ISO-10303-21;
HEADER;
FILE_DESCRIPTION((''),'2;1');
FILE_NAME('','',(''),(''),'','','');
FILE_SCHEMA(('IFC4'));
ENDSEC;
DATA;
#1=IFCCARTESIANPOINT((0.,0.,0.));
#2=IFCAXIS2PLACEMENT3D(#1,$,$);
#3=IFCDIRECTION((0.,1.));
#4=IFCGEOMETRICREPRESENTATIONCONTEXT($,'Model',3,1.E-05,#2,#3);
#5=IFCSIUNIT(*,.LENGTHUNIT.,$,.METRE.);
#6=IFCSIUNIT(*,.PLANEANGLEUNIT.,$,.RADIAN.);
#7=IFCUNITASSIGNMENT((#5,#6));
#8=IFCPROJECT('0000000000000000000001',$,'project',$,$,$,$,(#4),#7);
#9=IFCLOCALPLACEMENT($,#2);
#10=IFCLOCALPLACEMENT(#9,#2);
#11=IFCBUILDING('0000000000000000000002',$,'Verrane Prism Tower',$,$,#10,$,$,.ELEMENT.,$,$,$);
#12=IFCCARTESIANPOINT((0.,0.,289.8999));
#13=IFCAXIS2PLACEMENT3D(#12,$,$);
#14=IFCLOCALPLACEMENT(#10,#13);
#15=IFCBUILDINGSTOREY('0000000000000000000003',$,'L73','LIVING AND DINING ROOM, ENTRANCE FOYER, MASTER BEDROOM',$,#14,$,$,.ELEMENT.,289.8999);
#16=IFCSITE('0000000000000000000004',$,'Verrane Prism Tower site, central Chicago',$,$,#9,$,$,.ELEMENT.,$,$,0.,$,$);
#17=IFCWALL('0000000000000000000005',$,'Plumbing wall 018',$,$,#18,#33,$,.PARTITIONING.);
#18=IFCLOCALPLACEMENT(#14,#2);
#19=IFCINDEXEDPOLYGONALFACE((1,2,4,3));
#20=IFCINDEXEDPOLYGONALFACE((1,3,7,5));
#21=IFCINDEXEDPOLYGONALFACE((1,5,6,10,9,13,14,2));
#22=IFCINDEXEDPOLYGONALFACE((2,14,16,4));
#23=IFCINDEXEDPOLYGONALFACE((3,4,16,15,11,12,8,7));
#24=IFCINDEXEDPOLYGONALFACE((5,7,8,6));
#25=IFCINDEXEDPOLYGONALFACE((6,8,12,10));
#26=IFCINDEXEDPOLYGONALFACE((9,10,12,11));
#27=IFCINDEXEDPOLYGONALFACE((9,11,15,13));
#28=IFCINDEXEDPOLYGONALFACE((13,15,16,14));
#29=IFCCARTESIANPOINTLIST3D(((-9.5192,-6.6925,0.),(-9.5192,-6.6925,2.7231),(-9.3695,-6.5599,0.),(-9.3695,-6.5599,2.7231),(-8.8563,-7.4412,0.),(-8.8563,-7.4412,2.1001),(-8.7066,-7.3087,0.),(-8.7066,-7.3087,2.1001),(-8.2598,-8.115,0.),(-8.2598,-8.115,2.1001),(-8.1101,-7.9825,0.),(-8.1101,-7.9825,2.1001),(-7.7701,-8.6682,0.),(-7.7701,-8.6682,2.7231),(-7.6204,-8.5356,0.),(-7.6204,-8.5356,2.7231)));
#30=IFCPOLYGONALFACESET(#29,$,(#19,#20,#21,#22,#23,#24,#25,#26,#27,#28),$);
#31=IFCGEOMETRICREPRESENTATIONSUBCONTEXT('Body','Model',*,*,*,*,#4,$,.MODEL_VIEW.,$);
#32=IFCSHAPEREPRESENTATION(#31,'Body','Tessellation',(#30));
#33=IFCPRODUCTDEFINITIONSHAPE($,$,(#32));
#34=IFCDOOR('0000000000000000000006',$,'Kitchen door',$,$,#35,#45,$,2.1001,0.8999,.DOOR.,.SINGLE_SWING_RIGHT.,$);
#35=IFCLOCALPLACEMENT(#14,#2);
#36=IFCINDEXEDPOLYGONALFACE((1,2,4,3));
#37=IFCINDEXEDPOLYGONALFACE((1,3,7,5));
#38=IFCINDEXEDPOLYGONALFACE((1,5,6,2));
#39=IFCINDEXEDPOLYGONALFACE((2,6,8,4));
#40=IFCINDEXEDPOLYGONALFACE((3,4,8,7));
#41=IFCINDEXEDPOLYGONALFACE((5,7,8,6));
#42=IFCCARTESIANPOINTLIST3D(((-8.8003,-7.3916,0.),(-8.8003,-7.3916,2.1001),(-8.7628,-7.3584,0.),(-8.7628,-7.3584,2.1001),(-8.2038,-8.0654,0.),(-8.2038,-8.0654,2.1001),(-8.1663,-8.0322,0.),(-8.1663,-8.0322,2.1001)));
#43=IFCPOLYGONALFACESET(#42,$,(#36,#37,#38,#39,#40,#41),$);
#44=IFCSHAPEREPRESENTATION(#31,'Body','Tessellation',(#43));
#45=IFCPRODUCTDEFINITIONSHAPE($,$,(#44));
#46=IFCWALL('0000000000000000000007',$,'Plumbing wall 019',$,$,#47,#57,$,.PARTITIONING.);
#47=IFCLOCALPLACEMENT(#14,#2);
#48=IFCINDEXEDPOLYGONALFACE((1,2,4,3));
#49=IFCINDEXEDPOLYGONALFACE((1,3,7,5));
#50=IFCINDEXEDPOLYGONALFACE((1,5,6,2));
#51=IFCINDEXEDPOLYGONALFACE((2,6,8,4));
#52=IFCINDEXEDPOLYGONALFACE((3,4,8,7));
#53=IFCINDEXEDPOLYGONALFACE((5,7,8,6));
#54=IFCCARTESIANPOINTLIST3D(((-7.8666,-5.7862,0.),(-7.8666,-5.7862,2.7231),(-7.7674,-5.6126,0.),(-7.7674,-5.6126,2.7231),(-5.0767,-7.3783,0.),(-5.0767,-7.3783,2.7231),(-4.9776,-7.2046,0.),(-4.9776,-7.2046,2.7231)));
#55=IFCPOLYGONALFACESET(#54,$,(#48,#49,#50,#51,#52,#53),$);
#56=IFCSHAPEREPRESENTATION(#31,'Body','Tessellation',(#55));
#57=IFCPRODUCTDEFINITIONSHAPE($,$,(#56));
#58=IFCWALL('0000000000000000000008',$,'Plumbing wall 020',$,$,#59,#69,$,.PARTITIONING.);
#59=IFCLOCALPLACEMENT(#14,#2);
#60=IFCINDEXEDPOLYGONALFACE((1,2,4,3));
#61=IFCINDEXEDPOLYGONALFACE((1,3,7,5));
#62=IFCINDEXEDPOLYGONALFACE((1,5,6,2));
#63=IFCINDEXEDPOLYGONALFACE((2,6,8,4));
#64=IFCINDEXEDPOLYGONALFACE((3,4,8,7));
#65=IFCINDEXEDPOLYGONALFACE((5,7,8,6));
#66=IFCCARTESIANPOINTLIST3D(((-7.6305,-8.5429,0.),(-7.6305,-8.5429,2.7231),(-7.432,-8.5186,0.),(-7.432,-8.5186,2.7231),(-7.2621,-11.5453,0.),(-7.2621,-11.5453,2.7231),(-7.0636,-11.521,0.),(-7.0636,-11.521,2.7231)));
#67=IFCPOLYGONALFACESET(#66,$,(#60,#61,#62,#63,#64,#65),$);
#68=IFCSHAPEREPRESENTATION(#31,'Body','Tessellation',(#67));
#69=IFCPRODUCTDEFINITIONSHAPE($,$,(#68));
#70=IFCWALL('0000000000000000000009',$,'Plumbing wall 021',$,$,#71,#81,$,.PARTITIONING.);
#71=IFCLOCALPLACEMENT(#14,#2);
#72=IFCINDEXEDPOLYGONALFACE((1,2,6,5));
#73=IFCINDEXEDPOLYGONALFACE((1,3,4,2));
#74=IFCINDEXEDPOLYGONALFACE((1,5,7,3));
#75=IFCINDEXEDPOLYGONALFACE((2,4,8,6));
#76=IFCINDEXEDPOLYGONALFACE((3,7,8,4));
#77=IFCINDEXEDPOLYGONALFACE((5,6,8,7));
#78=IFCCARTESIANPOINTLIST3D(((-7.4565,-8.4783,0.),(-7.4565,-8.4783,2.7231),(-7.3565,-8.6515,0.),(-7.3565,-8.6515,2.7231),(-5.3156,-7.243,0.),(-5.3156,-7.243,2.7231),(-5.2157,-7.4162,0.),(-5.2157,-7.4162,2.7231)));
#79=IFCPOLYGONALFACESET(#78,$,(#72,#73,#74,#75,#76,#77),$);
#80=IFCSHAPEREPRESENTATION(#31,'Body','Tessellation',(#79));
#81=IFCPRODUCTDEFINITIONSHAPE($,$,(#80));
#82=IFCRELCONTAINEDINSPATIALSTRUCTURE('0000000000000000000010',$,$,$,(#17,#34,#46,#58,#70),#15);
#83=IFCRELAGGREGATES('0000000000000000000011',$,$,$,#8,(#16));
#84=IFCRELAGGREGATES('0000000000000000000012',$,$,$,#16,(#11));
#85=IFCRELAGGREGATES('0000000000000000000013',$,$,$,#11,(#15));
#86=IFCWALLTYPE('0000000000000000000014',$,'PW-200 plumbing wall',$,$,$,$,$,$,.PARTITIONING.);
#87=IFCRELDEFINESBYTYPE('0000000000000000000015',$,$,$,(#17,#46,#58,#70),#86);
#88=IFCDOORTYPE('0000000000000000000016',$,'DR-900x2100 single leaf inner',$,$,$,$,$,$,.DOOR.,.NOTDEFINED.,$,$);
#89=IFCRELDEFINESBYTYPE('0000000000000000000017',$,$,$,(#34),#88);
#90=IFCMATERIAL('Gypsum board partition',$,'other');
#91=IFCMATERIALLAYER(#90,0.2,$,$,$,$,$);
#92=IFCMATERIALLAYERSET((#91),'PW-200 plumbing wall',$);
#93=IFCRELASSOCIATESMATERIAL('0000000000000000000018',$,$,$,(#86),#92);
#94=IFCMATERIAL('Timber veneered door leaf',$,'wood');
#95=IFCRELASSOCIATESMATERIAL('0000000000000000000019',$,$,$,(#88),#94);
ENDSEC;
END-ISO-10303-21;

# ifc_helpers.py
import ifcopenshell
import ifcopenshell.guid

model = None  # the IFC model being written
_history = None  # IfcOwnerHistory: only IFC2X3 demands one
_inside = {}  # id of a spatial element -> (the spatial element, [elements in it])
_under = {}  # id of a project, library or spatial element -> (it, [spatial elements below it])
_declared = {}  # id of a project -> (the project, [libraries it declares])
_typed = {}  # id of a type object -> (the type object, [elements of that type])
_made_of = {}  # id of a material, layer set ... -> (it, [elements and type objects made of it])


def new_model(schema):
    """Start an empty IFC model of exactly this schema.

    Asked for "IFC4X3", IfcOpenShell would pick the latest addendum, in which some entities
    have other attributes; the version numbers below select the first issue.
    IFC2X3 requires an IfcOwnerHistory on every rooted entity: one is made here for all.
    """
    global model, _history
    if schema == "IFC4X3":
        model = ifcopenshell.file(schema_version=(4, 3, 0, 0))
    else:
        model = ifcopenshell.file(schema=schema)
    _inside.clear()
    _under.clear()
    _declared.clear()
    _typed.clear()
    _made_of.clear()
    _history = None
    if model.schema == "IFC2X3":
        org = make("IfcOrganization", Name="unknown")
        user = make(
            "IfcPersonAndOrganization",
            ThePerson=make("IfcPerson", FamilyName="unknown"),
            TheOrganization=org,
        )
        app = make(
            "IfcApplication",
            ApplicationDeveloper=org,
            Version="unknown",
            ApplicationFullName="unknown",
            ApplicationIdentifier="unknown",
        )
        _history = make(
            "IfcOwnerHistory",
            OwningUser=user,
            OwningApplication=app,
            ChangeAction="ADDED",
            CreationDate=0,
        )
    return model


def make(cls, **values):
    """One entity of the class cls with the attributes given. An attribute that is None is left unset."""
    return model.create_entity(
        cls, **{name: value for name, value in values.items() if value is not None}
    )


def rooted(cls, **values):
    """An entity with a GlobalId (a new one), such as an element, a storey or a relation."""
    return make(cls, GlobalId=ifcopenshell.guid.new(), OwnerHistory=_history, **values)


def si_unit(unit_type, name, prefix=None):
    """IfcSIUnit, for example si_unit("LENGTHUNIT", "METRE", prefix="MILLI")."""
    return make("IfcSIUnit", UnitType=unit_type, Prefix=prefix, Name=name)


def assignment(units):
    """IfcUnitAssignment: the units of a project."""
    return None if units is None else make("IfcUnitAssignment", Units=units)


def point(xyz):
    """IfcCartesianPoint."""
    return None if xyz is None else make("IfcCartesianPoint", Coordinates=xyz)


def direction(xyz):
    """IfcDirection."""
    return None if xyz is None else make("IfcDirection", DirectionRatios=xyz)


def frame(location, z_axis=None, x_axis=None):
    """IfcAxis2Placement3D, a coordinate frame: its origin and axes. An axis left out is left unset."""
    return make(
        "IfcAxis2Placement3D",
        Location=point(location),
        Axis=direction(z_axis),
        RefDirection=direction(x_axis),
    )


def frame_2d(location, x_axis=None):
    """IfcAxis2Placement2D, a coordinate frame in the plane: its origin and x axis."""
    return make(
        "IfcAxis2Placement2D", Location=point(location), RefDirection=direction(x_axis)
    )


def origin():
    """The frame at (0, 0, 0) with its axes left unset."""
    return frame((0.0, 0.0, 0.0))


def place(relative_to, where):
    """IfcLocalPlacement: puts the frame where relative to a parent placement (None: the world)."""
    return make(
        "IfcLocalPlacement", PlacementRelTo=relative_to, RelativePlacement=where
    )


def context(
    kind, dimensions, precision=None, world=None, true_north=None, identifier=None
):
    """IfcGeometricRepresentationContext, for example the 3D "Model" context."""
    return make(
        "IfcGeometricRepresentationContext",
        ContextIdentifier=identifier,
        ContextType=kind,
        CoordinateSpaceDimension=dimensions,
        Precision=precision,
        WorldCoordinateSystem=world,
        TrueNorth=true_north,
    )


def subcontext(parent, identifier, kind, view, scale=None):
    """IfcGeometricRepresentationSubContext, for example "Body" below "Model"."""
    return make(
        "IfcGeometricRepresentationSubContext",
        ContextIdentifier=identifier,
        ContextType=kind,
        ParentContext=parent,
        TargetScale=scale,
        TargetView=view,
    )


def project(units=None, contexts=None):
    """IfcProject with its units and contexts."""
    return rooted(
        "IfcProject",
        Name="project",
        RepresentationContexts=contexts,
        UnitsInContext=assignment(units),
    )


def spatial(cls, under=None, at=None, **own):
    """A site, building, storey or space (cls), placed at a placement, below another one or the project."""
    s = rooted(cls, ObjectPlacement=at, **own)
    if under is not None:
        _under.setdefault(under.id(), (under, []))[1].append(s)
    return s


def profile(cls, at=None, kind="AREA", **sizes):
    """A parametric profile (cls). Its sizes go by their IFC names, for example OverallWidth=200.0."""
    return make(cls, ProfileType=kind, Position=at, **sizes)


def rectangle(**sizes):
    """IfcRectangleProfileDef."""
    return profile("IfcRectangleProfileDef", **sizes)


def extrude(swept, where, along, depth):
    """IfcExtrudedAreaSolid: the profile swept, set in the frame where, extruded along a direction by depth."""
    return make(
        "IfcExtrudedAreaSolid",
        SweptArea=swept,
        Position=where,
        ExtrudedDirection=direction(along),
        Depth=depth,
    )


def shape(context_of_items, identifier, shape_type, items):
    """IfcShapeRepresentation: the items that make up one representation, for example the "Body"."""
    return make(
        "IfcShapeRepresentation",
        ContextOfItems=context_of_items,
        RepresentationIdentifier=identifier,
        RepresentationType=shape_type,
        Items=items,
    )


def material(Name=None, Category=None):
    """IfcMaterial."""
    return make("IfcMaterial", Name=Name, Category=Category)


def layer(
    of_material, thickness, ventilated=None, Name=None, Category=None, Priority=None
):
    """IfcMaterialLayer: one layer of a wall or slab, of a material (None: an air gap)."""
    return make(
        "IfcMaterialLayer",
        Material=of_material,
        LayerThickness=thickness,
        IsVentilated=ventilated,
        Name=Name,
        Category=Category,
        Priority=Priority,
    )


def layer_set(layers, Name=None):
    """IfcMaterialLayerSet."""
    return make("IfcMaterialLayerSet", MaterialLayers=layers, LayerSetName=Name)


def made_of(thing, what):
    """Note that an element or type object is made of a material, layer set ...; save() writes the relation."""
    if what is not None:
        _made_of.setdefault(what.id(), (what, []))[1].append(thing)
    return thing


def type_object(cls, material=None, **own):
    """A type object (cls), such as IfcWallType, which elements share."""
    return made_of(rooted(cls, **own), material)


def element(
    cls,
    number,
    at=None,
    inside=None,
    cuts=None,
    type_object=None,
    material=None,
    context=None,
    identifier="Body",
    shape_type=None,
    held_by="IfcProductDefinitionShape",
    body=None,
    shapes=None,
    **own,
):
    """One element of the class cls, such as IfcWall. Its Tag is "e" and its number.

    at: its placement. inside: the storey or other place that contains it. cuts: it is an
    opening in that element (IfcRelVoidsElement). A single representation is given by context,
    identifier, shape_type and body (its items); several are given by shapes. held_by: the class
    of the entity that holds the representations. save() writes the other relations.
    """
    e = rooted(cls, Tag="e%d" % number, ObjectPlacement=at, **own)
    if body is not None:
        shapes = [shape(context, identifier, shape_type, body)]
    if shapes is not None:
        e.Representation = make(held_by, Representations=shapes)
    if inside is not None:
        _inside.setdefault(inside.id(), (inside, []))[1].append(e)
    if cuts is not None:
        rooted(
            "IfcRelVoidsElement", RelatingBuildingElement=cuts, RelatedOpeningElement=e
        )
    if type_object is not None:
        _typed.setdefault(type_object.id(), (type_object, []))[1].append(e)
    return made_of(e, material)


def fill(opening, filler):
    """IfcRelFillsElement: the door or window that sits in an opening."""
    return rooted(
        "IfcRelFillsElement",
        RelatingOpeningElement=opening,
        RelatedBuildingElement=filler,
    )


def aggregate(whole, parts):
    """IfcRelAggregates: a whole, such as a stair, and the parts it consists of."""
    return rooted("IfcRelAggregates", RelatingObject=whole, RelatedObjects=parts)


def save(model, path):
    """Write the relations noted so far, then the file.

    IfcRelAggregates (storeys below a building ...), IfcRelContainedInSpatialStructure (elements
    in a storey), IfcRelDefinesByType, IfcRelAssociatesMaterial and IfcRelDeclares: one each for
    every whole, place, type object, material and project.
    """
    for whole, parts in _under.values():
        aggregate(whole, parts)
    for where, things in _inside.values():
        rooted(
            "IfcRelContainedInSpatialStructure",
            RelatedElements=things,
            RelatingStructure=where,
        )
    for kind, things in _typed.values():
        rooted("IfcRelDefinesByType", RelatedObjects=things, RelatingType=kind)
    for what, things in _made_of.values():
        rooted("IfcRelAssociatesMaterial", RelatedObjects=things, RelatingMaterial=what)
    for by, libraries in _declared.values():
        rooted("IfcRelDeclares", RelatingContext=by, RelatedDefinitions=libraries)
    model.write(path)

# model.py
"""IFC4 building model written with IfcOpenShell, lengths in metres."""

from ifc_helpers import new_model, si_unit, direction, frame, frame_2d, origin, place, context, subcontext, project, spatial, rectangle, extrude, material, layer, layer_set, type_object, element, fill, save


model = new_model("IFC4")

# Units and contexts
model_context = context("Model", 3, precision=1e-05, world=origin(), true_north=direction((0.0, 1.0)))
body_context = subcontext(model_context, "Body", "Model", "MODEL_VIEW")
ifc_project = project(units=[si_unit("LENGTHUNIT", "METRE"), si_unit("PLANEANGLEUNIT", "RADIAN")], contexts=[model_context])

# Site, building, storey
site_placement = place(None, origin())
site = spatial("IfcSite", under=ifc_project, at=site_placement, Name="Verrane Prism Tower site, central Chicago", CompositionType="ELEMENT", RefElevation=0.0)
building_placement = place(site_placement, origin())
building = spatial("IfcBuilding", under=site, at=building_placement, Name="Verrane Prism Tower", CompositionType="ELEMENT")
storey_placement = place(building_placement, frame((0.0, 0.0, 289.8999)))
storey = spatial("IfcBuildingStorey", under=building, at=storey_placement, Name="L73", Description="LIVING AND DINING ROOM, ENTRANCE FOYER, MASTER BEDROOM", CompositionType="ELEMENT", Elevation=289.8999)

# Shared definitions
ifc_material_1 = material(Name="Gypsum board partition", Category="other")
ifc_layer_1 = layer(ifc_material_1, 0.2)
ifc_layer_set_1 = layer_set([ifc_layer_1], Name="PW-200 plumbing wall")
wall_type_1 = type_object("IfcWallType", Name="PW-200 plumbing wall", PredefinedType="PARTITIONING", material=ifc_layer_set_1)

# Shared definitions
ifc_material_2 = material(Name="Timber veneered door leaf", Category="wood")
door_type_1 = type_object("IfcDoorType", Name="DR-900x2100 single leaf inner", OperationType="NOTDEFINED", PredefinedType="DOOR", material=ifc_material_2)

# Wall, opening, door
wall_1_placement = place(storey_placement, frame((-9.4443, -6.6262, 0.0), z_axis=(0.0, 0.0, 1.0), x_axis=(0.662869, -0.748735, 0.0)))
wall_1 = element("IfcWall", 1, at=wall_1_placement, inside=storey, type_object=wall_type_1, Name="Plumbing wall 018", PredefinedType="PARTITIONING", context=body_context, shape_type="SweptSolid", body=[
    extrude(rectangle(XDim=2.6387, YDim=0.2, at=frame_2d((1.3193, 0.0))), origin(), (0.0, 0.0, 1.0), 2.7231),
])
opening_1_placement = place(wall_1_placement, frame((1.0, 0.0, 0.0)))
opening_1 = element("IfcOpeningElement", 2, at=opening_1_placement, cuts=wall_1, PredefinedType="OPENING", context=body_context, shape_type="SweptSolid", body=[
    extrude(rectangle(XDim=0.8999, YDim=2.1001, at=frame_2d((0.45, 1.05))), frame((0.0, 0.1099, 0.0), z_axis=(0.0, -1.0, 0.0), x_axis=(1.0, 0.0, 0.0)), (0.0, 0.0, 1.0), 0.22),
])
door_1_placement = place(opening_1_placement, origin())
door_1 = element("IfcDoor", 3, at=door_1_placement, inside=storey, type_object=door_type_1, Name="Kitchen door", OperationType="SINGLE_SWING_RIGHT", OverallHeight=2.1001, OverallWidth=0.8999, PredefinedType="DOOR", context=body_context, shape_type="SweptSolid", body=[
    extrude(rectangle(XDim=0.8999, YDim=2.1001, at=frame_2d((0.45, 1.05))), frame((0.0, 0.0249, 0.0), z_axis=(0.0, -1.0, 0.0), x_axis=(1.0, 0.0, 0.0)), (0.0, 0.0, 1.0), 0.05),
])
fill(opening_1, door_1)

# Walls
wall_2_placement = place(storey_placement, frame((-7.8169, -5.6995, 0.0), z_axis=(0.0, 0.0, 1.0), x_axis=(0.868528, -0.49564, 0.0)))
element("IfcWall", 4, at=wall_2_placement, inside=storey, type_object=wall_type_1, Name="Plumbing wall 019", PredefinedType="PARTITIONING", context=body_context, shape_type="SweptSolid", body=[
    extrude(rectangle(XDim=3.2122, YDim=0.2, at=frame_2d((1.606, 0.0))), origin(), (0.0, 0.0, 1.0), 2.7231),
])
wall_3_placement = place(storey_placement, frame((-7.5312, -8.5308, 0.0), z_axis=(0.0, 0.0, 1.0), x_axis=(0.121789, -0.992556, 0.0)))
element("IfcWall", 5, at=wall_3_placement, inside=storey, type_object=wall_type_1, Name="Plumbing wall 020", PredefinedType="PARTITIONING", context=body_context, shape_type="SweptSolid", body=[
    extrude(rectangle(XDim=3.0249, YDim=0.2, at=frame_2d((1.5125, 0.0))), origin(), (0.0, 0.0, 1.0), 2.7231),
])
wall_4_placement = place(storey_placement, frame((-7.4065, -8.5649, 0.0), z_axis=(0.0, 0.0, 1.0), x_axis=(0.866144, 0.499794, 0.0)))
element("IfcWall", 6, at=wall_4_placement, inside=storey, type_object=wall_type_1, Name="Plumbing wall 021", PredefinedType="PARTITIONING", context=body_context, shape_type="SweptSolid", body=[
    extrude(rectangle(XDim=2.4717, YDim=0.2, at=frame_2d((1.2358, 0.0))), origin(), (0.0, 0.0, 1.0), 2.7231),
])

save(model, "model.ifc")
